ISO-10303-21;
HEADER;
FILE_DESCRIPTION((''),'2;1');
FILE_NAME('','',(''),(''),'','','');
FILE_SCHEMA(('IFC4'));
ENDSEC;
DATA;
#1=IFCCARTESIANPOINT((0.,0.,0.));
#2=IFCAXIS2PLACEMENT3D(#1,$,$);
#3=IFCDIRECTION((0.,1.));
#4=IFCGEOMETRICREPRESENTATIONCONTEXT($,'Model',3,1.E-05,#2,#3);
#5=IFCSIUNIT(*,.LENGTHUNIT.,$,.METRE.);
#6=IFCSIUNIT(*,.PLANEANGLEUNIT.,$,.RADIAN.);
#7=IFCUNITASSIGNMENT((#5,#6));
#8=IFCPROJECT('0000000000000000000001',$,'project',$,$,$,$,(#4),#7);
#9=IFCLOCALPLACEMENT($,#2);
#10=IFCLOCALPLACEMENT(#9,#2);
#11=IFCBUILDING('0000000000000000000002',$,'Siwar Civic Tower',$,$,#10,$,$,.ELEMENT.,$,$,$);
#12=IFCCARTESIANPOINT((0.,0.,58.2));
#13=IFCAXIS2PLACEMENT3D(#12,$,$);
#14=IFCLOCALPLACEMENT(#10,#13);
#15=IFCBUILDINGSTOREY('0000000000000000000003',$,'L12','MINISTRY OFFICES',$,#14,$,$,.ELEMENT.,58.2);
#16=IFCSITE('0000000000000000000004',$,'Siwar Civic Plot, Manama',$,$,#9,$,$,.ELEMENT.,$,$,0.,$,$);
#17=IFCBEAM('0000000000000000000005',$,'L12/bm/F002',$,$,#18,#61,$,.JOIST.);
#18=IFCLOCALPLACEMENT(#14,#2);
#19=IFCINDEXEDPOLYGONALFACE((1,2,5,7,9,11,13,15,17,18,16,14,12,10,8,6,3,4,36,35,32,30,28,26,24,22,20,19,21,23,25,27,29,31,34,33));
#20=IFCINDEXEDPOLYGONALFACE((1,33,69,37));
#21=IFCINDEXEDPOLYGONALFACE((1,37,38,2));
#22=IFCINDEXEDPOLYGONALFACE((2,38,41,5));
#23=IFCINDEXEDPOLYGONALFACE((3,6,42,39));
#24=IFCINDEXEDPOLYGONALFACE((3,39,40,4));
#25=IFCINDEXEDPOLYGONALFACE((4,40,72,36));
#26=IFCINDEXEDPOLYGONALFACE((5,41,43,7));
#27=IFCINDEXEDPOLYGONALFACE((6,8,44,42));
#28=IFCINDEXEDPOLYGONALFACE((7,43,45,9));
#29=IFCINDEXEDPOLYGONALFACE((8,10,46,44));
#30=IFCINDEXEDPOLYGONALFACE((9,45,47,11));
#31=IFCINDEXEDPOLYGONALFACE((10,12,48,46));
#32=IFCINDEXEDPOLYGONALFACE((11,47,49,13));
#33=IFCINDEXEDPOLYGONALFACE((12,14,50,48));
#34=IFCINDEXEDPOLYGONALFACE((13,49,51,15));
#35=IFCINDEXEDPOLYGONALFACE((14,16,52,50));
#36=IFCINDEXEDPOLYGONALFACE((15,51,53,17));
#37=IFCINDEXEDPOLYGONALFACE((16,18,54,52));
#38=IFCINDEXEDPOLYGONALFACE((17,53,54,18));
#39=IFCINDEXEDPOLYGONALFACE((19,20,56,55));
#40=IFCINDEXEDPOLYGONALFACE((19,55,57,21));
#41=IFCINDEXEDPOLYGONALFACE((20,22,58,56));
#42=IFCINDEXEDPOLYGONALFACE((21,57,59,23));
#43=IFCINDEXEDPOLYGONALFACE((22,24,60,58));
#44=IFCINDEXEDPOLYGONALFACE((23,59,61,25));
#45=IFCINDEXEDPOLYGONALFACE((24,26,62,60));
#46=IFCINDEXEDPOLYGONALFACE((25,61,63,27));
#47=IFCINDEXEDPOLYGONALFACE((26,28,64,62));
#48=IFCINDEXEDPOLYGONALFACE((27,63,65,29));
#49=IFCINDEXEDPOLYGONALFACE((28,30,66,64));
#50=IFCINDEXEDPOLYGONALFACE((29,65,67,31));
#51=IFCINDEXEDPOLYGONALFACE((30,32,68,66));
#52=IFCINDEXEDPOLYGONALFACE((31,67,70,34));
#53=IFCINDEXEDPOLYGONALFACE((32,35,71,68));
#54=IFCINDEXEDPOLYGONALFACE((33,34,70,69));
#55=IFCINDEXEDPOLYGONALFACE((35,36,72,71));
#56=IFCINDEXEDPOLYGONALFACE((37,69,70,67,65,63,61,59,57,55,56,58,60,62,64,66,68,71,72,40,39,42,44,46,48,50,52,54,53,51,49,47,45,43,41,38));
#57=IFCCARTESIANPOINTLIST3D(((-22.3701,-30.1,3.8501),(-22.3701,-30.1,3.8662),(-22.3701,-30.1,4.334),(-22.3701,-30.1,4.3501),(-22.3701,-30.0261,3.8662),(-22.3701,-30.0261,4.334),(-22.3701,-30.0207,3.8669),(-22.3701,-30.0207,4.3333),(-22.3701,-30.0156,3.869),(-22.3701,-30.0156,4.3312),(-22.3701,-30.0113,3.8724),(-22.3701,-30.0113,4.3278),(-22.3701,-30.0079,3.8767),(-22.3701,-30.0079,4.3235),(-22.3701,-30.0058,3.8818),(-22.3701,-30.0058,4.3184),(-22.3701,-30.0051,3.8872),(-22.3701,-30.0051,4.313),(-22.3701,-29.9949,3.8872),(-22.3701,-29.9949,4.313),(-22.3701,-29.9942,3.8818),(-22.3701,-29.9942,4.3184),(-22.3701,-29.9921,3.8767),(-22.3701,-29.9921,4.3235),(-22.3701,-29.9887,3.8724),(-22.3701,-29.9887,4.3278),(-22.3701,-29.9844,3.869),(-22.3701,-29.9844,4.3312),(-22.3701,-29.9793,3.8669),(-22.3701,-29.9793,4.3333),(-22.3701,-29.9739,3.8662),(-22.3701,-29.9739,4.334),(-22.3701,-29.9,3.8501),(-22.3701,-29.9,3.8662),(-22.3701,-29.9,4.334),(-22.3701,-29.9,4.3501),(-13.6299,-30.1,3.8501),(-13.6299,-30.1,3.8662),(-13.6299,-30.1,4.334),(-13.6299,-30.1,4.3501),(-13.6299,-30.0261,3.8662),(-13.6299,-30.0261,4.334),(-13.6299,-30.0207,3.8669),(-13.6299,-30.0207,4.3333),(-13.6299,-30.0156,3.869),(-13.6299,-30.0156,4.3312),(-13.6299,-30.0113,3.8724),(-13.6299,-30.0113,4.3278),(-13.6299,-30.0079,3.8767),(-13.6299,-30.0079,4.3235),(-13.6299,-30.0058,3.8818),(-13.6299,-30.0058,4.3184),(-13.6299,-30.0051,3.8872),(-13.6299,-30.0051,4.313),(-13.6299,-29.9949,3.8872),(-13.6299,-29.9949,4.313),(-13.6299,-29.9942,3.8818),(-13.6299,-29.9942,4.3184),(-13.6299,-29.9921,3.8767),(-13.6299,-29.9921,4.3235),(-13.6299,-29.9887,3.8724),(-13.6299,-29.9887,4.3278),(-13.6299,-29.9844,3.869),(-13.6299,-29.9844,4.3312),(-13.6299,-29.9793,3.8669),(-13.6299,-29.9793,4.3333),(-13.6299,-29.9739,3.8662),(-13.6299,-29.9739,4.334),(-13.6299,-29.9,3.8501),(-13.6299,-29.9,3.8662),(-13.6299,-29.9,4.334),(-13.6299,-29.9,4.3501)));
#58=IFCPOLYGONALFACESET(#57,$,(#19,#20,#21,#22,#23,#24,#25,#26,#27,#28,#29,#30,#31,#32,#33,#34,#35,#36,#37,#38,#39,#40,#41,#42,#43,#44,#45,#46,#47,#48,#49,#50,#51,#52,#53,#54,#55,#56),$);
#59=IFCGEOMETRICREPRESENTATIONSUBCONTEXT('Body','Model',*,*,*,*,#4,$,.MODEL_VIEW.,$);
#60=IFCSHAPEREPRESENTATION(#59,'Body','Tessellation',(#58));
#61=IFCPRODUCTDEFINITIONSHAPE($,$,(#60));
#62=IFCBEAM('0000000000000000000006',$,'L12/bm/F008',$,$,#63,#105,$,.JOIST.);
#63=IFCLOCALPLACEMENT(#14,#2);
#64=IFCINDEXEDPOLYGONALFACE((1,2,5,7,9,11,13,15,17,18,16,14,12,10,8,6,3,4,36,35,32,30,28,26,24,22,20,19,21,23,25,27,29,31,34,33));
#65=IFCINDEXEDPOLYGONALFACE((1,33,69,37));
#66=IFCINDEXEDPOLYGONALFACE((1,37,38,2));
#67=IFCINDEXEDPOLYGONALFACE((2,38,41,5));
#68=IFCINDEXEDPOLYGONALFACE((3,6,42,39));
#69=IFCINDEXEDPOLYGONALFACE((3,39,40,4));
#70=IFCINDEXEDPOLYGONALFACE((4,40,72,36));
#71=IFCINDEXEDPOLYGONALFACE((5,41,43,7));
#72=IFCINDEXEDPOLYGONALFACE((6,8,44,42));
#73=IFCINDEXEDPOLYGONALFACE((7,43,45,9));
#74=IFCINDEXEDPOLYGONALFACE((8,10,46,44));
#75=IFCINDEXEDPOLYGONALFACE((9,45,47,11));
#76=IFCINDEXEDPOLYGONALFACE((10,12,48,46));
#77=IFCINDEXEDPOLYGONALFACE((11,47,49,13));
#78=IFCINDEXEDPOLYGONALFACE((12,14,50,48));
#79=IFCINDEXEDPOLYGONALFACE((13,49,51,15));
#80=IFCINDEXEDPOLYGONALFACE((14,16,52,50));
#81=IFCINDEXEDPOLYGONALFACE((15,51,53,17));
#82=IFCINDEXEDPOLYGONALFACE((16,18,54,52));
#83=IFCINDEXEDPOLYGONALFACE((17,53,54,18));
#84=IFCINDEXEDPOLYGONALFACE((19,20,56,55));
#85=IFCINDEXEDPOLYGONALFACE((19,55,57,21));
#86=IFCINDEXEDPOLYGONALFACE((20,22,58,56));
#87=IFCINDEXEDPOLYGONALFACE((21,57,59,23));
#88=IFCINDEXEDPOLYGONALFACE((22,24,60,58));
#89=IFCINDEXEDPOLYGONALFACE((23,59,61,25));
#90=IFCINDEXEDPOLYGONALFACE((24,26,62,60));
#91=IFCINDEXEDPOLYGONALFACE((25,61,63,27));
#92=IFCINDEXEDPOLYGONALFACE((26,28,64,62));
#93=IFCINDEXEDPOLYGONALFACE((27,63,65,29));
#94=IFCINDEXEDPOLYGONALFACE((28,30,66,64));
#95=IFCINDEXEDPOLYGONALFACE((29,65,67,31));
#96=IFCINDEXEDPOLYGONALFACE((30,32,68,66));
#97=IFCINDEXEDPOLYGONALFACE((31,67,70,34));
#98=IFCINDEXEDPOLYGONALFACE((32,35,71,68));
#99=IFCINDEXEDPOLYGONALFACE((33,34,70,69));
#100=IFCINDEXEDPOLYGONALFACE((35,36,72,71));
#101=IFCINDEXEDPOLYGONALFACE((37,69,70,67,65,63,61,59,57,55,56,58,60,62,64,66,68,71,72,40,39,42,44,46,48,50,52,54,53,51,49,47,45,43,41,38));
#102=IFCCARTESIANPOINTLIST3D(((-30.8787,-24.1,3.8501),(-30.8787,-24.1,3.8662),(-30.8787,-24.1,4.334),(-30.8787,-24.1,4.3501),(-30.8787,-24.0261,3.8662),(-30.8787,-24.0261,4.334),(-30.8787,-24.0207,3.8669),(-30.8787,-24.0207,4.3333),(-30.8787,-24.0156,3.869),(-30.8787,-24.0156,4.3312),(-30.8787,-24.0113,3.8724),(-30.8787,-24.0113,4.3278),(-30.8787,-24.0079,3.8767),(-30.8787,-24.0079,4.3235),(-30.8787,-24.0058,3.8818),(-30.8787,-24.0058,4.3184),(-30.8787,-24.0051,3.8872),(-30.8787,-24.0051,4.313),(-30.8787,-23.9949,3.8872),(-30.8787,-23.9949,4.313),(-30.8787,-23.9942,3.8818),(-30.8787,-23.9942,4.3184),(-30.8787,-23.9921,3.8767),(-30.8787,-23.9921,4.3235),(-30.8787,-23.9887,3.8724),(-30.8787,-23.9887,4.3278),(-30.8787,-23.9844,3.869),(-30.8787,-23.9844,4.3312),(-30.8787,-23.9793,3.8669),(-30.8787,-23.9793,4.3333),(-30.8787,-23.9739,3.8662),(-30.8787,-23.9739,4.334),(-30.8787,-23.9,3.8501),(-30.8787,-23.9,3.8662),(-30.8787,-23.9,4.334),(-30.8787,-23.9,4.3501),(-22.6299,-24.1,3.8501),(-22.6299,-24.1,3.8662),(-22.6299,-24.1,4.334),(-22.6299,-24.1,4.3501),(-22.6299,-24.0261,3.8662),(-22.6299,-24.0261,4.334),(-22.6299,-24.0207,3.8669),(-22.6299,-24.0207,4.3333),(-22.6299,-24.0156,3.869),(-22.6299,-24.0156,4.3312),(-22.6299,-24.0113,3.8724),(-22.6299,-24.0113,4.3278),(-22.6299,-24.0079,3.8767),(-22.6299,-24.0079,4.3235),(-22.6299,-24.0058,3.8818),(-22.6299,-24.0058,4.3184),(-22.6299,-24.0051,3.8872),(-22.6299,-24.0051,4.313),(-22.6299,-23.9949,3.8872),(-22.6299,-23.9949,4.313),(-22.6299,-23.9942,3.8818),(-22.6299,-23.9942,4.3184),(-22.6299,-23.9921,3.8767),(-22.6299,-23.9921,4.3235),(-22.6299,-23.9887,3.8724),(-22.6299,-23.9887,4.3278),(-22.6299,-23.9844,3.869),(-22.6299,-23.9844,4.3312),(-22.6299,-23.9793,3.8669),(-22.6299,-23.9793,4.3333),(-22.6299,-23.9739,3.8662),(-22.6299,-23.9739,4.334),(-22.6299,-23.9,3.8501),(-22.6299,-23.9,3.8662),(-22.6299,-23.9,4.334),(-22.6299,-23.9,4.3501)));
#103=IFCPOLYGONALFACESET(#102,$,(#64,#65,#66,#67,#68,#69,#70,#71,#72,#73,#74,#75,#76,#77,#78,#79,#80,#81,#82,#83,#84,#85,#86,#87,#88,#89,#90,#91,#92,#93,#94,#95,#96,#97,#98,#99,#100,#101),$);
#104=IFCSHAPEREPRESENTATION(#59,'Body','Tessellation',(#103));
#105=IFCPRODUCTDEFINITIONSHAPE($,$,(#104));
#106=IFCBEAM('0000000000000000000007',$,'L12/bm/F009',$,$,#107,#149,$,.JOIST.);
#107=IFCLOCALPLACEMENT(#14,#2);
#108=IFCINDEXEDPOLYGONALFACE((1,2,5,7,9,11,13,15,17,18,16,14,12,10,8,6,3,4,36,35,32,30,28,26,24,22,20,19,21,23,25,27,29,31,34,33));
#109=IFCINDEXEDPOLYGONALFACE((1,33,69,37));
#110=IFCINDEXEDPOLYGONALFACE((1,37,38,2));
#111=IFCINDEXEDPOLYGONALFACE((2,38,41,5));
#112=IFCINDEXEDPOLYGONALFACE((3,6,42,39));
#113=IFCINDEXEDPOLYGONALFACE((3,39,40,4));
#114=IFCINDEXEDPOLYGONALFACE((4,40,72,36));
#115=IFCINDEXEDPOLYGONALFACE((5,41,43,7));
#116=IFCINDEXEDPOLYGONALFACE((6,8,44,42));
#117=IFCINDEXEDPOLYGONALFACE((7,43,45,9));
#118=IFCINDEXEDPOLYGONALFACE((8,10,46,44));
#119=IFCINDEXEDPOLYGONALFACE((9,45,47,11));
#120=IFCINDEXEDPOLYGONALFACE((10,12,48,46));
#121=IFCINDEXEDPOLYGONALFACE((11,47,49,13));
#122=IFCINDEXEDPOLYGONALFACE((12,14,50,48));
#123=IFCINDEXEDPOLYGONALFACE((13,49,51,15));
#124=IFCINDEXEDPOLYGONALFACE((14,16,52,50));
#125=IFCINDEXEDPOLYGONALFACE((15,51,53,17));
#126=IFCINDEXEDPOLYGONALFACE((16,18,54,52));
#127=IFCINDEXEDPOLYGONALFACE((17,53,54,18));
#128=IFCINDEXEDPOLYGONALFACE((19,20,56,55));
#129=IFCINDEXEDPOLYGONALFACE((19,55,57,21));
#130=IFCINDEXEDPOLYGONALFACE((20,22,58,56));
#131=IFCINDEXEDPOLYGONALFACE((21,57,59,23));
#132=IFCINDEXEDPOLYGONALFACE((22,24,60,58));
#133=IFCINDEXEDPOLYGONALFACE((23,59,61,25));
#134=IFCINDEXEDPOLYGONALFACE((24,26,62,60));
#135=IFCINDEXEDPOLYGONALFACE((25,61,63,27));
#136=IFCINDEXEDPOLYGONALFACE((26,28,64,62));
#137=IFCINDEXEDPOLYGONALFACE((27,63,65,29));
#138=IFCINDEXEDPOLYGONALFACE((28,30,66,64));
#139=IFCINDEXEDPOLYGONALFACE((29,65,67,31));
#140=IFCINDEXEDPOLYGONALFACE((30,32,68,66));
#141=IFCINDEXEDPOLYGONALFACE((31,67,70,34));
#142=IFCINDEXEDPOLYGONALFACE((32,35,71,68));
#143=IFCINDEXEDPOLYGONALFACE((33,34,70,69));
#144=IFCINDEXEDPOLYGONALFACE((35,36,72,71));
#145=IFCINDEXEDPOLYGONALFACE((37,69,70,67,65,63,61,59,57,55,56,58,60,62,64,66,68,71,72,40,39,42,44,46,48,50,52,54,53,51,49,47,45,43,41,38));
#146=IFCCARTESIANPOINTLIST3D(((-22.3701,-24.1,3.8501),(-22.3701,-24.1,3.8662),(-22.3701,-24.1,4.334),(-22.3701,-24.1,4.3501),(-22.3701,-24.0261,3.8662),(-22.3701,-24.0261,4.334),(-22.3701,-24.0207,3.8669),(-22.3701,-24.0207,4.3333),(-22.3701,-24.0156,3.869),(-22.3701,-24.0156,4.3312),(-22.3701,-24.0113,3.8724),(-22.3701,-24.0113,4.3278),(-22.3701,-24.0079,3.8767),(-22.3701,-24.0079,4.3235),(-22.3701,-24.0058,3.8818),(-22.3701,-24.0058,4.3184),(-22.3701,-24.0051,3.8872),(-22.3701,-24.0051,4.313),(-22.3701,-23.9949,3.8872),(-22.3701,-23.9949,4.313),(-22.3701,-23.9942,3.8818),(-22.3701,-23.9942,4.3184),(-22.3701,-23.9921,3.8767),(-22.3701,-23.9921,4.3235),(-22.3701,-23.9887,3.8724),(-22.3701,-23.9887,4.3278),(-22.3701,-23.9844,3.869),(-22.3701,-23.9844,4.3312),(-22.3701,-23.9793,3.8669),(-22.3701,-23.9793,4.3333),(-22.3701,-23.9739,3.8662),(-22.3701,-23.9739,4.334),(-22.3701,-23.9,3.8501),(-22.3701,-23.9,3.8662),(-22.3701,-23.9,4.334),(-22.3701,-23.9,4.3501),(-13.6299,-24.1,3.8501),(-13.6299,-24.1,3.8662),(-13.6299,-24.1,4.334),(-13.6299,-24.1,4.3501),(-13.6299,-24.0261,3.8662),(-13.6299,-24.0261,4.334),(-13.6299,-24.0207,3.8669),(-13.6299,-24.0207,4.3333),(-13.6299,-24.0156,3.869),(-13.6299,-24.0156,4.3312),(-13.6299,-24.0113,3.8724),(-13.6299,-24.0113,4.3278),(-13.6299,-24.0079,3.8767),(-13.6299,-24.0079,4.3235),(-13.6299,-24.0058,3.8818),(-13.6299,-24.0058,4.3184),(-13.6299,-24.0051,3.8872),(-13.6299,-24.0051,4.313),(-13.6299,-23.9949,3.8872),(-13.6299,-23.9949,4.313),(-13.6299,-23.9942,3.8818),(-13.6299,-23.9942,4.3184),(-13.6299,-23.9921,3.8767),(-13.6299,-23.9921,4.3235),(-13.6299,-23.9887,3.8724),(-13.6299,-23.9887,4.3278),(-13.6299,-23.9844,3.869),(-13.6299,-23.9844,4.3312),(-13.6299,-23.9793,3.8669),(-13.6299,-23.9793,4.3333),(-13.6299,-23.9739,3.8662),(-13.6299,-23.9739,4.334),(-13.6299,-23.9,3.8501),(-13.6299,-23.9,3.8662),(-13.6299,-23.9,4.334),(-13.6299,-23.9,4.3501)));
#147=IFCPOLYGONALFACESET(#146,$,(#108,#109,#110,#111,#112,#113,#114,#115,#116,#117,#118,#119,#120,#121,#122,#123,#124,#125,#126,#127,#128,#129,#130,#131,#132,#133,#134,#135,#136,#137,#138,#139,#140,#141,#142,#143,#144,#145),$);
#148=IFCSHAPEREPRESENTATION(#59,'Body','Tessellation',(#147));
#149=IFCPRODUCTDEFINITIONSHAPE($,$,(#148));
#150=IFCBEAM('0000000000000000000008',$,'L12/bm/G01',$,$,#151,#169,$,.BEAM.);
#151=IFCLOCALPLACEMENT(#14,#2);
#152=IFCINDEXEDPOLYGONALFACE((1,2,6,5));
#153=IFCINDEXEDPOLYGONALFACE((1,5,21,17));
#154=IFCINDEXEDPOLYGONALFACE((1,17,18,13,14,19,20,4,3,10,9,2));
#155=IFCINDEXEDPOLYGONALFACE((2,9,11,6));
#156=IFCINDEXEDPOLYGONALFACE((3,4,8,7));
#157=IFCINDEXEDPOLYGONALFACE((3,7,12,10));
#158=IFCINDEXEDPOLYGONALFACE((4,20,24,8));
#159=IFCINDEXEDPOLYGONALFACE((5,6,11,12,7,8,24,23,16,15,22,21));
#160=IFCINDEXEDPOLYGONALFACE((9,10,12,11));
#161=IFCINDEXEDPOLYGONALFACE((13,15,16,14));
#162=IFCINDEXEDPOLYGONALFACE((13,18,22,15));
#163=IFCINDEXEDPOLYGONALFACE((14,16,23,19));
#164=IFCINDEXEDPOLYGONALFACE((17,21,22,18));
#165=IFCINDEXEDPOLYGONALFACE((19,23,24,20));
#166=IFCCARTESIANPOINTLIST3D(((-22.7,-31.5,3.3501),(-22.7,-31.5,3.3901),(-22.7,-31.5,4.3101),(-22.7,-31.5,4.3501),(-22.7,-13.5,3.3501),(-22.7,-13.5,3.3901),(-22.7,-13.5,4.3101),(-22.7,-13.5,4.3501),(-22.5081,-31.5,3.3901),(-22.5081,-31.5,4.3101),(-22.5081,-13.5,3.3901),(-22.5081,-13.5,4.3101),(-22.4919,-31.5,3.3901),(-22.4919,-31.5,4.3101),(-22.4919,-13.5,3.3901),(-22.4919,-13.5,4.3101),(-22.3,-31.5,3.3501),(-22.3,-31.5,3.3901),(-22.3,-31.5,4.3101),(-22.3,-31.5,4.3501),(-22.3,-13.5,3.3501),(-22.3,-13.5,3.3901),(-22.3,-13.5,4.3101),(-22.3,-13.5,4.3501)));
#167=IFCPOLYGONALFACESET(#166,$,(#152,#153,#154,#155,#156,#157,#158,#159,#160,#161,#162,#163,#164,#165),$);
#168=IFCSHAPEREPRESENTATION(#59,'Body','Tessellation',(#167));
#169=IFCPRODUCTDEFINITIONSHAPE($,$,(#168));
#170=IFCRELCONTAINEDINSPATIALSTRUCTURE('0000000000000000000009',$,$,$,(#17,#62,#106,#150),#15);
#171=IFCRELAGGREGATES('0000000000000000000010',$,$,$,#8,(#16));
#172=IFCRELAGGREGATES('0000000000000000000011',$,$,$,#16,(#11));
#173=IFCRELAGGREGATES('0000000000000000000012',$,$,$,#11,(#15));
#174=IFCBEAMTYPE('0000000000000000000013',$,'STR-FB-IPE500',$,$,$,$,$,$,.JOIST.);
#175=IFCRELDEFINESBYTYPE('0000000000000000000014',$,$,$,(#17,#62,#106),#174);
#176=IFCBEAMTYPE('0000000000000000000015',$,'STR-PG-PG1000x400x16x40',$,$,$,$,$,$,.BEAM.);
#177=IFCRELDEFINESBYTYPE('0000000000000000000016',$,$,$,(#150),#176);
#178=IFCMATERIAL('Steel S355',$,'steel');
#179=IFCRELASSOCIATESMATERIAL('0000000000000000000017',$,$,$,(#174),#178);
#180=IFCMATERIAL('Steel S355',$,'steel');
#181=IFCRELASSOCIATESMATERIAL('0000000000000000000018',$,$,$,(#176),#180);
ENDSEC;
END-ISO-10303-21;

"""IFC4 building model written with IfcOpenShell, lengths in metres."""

from ifc_helpers import new_model, si_unit, direction, frame, origin, origin_2d, place, context, subcontext, project, spatial, i_section, extrude, material, material_profile, profile_set, type_object, element, save


model = new_model("IFC4")

# Units and contexts
model_context = context("Model", 3, precision=1e-05, world=origin(), true_north=direction((0.0, 1.0)))
body_context = subcontext(model_context, "Body", "Model", "MODEL_VIEW")
ifc_project = project(units=[si_unit("LENGTHUNIT", "METRE"), si_unit("PLANEANGLEUNIT", "RADIAN")], contexts=[model_context])

# Site, building, storey
site_placement = place(None, origin())
site = spatial("IfcSite", under=ifc_project, at=site_placement, Name="Siwar Civic Plot, Manama", CompositionType="ELEMENT", RefElevation=0.0)
building_placement = place(site_placement, origin())
building = spatial("IfcBuilding", under=site, at=building_placement, Name="Siwar Civic Tower", CompositionType="ELEMENT")
storey_placement = place(building_placement, frame((0.0, 0.0, 58.2)))
storey = spatial("IfcBuildingStorey", under=building, at=storey_placement, Name="L12", Description="MINISTRY OFFICES", CompositionType="ELEMENT", Elevation=58.2)

# Beams
ifc_material_1 = material(Name="Steel S355", Category="steel")
ifc_material_profile_1 = material_profile(ifc_material_1, i_section(OverallWidth=0.2, OverallDepth=0.5, WebThickness=0.0103, FlangeThickness=0.0161, FilletRadius=0.021, at=origin_2d()), Name="IPE500")
ifc_profile_set_1 = profile_set([ifc_material_profile_1], Name="Steel S355")
beam_type_1 = type_object("IfcBeamType", Name="STR-FB-IPE500", PredefinedType="JOIST", material=ifc_profile_set_1)
beam_1_placement = place(storey_placement, frame((-22.3701, -30.0, 4.1001), z_axis=(1.0, 0.0, 0.0), x_axis=(0.0, 1.0, 0.0)))
element("IfcBeam", 1, at=beam_1_placement, inside=storey, type_object=beam_type_1, Name="L12/bm/F002", PredefinedType="JOIST", context=body_context, shape_type="SweptSolid", body=[
    extrude(i_section(OverallWidth=0.2, OverallDepth=0.5, WebThickness=0.0103, FlangeThickness=0.0161, FilletRadius=0.021, at=origin_2d()), origin(), (0.0, 0.0, 1.0), 8.7402),
])
beam_2_placement = place(storey_placement, frame((-30.8787, -24.0, 4.1001), z_axis=(1.0, 0.0, 0.0), x_axis=(0.0, 1.0, 0.0)))
element("IfcBeam", 2, at=beam_2_placement, inside=storey, type_object=beam_type_1, Name="L12/bm/F008", PredefinedType="JOIST", context=body_context, shape_type="SweptSolid", body=[
    extrude(i_section(OverallWidth=0.2, OverallDepth=0.5, WebThickness=0.0103, FlangeThickness=0.0161, FilletRadius=0.021, at=origin_2d()), origin(), (0.0, 0.0, 1.0), 8.2488),
])
beam_3_placement = place(storey_placement, frame((-22.3701, -24.0, 4.1001), z_axis=(1.0, 0.0, 0.0), x_axis=(0.0, 1.0, 0.0)))
element("IfcBeam", 3, at=beam_3_placement, inside=storey, type_object=beam_type_1, Name="L12/bm/F009", PredefinedType="JOIST", context=body_context, shape_type="SweptSolid", body=[
    extrude(i_section(OverallWidth=0.2, OverallDepth=0.5, WebThickness=0.0103, FlangeThickness=0.0161, FilletRadius=0.021, at=origin_2d()), origin(), (0.0, 0.0, 1.0), 8.7402),
])
ifc_material_2 = material(Name="Steel S355", Category="steel")
ifc_material_profile_2 = material_profile(ifc_material_2, i_section(OverallWidth=0.3999, OverallDepth=1.0, WebThickness=0.0161, FlangeThickness=0.04, at=origin_2d()), Name="PG1000x400x16x40")
ifc_profile_set_2 = profile_set([ifc_material_profile_2], Name="Steel S355")
beam_type_2 = type_object("IfcBeamType", Name="STR-PG-PG1000x400x16x40", PredefinedType="BEAM", material=ifc_profile_set_2)
beam_4_placement = place(storey_placement, frame((-22.5, -31.5, 3.8501), z_axis=(0.0, 1.0, 0.0), x_axis=(-1.0, 0.0, 0.0)))
element("IfcBeam", 4, at=beam_4_placement, inside=storey, type_object=beam_type_2, Name="L12/bm/G01", PredefinedType="BEAM", context=body_context, shape_type="SweptSolid", body=[
    extrude(i_section(OverallWidth=0.3999, OverallDepth=1.0, WebThickness=0.0161, FlangeThickness=0.04, at=origin_2d()), origin(), (0.0, 0.0, 1.0), 18.0),
])

save(model, "model.ifc")
